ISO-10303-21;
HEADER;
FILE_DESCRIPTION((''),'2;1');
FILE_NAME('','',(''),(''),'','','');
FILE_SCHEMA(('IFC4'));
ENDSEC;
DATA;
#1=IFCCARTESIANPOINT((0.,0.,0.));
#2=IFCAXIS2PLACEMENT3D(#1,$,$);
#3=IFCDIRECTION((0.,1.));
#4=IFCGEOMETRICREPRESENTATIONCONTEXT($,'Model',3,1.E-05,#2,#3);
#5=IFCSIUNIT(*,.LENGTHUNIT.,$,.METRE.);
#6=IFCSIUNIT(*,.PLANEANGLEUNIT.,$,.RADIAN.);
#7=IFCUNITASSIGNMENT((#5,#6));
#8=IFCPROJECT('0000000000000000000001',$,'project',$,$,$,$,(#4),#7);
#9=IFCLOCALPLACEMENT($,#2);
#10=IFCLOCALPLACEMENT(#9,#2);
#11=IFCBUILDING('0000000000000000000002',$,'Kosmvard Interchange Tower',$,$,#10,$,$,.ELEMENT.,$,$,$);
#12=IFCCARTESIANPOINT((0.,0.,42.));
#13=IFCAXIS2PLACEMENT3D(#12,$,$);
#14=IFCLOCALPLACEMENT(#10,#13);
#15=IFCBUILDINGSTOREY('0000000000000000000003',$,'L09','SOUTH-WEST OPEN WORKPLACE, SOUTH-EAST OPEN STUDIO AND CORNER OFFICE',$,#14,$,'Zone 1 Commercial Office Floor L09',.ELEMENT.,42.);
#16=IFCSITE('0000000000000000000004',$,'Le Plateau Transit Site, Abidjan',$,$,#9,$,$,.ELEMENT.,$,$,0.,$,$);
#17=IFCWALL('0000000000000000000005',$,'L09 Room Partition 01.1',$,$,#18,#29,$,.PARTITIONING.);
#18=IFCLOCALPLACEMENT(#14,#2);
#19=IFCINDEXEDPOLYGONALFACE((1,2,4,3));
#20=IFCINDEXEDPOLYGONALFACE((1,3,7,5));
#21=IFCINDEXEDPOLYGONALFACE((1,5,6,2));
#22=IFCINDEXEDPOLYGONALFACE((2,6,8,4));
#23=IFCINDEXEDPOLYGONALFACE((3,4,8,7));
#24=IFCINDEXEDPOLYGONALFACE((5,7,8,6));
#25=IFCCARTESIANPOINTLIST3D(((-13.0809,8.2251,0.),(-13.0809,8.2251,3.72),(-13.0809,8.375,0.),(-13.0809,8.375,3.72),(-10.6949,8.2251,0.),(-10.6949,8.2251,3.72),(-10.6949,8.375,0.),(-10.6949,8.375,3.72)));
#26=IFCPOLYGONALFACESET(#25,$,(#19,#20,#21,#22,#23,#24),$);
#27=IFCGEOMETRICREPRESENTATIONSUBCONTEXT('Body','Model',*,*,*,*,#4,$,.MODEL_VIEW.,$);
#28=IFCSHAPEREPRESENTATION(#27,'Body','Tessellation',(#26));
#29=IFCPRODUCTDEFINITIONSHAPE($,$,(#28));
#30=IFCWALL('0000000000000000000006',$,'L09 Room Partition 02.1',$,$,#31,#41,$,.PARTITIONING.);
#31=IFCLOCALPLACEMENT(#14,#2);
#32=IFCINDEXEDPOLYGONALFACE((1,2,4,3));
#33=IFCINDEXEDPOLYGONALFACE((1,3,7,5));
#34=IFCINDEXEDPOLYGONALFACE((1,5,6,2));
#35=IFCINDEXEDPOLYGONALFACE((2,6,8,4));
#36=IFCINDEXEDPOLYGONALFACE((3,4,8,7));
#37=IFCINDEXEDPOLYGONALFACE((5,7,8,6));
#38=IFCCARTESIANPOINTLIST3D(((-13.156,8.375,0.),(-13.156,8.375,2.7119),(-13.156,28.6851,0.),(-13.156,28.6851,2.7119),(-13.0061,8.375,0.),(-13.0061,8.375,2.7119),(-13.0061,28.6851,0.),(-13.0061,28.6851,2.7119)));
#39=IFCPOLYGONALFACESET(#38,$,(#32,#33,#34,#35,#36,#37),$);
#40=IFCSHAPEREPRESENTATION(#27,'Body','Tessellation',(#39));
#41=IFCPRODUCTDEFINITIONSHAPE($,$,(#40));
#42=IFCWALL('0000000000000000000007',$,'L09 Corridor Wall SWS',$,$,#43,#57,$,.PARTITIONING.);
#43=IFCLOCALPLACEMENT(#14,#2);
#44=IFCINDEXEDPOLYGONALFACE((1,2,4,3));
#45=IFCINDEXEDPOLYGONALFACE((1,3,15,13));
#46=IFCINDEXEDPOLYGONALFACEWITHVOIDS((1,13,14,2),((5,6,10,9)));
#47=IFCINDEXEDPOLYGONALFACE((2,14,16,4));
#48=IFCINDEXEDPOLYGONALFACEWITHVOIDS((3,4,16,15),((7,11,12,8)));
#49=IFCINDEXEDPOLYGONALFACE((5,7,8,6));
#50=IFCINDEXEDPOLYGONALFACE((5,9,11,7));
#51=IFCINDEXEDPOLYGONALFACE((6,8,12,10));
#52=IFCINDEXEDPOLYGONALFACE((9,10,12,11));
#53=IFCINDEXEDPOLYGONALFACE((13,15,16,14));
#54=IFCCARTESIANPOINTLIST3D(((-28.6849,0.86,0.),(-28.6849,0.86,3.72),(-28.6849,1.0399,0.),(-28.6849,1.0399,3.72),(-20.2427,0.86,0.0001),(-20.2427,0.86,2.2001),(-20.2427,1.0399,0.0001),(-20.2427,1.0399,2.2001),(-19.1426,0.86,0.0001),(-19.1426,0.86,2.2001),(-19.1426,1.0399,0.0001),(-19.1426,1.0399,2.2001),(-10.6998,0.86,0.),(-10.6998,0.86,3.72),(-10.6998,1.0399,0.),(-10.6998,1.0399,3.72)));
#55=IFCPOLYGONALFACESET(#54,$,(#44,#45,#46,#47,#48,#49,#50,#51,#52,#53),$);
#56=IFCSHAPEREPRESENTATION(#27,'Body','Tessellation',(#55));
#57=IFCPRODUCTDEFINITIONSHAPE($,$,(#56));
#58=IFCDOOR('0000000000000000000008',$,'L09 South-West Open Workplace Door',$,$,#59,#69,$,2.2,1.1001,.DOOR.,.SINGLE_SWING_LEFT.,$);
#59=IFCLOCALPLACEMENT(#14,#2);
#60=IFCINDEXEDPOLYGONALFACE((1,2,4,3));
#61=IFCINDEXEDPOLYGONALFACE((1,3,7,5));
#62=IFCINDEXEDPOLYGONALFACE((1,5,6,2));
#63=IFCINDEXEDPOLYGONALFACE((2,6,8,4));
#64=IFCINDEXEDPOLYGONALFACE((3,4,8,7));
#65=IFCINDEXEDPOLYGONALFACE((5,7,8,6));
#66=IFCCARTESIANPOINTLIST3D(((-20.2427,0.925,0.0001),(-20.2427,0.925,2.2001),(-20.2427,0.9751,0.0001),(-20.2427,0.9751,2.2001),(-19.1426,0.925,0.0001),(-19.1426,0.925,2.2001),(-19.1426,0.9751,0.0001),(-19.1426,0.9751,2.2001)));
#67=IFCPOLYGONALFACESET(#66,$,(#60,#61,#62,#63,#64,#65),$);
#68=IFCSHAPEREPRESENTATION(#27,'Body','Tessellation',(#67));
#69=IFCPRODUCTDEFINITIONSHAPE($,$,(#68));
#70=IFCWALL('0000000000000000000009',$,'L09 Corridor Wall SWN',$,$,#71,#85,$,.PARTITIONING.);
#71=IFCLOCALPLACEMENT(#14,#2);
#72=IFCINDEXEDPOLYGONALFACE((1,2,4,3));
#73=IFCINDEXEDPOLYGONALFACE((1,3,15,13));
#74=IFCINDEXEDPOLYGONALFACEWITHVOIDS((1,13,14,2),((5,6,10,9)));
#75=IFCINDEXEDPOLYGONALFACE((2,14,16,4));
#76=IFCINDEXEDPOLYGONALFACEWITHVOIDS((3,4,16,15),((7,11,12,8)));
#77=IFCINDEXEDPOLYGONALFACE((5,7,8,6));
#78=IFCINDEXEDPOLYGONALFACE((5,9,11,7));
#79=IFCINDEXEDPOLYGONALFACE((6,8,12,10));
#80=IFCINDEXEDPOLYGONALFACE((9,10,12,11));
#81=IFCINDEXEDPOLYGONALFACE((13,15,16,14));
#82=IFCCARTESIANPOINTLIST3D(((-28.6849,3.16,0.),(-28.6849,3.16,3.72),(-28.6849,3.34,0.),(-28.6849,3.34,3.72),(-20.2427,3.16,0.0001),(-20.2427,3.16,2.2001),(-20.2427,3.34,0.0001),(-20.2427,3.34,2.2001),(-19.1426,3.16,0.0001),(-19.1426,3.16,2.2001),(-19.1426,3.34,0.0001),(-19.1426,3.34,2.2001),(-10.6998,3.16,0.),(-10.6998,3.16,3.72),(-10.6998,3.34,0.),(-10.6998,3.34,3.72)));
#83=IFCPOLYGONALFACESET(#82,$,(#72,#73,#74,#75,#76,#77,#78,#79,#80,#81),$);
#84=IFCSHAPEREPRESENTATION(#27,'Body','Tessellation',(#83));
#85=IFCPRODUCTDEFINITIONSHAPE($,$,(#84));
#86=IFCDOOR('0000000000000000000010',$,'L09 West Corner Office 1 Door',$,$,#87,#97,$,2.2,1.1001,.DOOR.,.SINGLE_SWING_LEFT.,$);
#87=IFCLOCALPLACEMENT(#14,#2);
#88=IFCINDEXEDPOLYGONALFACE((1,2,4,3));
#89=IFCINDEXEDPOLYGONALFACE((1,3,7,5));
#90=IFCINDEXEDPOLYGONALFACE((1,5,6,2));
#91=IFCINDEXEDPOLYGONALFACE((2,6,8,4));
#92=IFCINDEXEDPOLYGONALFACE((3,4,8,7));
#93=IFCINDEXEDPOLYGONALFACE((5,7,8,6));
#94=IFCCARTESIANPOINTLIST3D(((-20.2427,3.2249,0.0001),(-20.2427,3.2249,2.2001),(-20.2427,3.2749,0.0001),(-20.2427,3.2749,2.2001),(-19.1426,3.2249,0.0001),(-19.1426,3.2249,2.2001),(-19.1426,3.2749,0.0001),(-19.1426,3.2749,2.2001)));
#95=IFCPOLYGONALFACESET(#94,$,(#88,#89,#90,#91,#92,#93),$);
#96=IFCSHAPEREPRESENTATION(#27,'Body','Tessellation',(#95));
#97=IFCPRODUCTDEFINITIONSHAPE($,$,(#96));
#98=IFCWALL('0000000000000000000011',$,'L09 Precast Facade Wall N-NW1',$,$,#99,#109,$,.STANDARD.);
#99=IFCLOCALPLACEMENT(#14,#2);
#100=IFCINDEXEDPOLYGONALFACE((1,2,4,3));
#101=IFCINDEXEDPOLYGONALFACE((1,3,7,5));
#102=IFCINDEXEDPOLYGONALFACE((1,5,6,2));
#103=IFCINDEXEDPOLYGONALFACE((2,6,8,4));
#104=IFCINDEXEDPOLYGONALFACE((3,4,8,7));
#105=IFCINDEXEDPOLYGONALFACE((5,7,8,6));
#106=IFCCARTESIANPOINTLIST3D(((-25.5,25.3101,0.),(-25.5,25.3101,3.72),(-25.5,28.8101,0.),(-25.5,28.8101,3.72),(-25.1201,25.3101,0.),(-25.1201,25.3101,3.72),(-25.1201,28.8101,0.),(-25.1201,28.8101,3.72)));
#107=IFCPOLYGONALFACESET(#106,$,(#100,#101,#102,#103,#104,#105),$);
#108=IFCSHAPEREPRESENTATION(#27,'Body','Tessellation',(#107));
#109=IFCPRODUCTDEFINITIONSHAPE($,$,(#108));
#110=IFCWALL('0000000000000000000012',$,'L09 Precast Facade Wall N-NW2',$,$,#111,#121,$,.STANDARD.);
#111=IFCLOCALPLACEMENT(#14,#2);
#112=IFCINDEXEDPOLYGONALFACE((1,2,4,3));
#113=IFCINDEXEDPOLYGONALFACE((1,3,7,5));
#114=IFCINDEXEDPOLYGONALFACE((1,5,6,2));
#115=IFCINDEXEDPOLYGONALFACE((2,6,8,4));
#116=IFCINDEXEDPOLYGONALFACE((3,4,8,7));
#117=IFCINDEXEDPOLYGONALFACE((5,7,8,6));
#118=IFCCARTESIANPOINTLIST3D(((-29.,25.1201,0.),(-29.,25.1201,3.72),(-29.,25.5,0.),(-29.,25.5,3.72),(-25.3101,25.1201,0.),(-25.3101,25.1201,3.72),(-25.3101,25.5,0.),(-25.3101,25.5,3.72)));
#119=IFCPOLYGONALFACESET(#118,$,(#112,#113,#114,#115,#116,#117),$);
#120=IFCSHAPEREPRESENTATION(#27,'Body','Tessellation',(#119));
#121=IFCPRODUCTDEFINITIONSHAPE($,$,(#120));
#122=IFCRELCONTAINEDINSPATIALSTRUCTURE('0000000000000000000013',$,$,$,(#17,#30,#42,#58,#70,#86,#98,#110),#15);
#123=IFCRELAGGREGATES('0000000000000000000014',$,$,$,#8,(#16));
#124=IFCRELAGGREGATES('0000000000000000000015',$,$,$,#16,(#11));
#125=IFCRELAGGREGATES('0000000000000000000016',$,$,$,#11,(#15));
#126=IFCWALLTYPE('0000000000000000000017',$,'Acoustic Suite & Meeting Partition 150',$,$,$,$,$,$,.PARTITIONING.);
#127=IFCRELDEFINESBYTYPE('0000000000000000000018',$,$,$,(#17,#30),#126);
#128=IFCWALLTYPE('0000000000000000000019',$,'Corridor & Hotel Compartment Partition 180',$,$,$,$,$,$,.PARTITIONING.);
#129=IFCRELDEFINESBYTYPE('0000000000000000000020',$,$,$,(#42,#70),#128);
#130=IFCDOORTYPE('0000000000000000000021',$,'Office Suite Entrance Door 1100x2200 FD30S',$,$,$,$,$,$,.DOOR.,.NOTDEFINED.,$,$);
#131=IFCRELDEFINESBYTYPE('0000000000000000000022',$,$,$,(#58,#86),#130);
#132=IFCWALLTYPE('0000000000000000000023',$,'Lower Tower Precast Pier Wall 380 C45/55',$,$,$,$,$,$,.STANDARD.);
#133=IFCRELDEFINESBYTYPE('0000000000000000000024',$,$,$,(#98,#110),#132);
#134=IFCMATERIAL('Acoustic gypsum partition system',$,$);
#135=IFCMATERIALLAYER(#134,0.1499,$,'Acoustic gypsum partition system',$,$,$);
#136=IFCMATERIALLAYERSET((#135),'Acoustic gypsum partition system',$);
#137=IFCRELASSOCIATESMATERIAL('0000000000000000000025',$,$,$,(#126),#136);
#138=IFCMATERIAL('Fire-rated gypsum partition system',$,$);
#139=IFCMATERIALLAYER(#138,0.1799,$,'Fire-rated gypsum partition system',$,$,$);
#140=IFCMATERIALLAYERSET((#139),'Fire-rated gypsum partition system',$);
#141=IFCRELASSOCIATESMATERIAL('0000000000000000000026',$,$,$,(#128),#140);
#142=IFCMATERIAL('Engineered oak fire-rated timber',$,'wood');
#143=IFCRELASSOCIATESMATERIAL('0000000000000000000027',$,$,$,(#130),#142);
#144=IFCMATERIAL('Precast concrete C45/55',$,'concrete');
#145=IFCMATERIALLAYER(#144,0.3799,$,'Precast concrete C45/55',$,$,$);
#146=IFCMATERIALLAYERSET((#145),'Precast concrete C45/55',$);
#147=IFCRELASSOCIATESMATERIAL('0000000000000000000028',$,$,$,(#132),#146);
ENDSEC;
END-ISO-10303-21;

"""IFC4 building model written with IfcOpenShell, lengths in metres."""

from ifc_helpers import new_model, si_unit, direction, frame, frame_2d, origin, place, context, subcontext, project, spatial, rectangle, extrude, source, transform, mapped, material, layer, layer_set, type_object, element, fill, save


model = new_model("IFC4")

# Units and contexts
model_context = context("Model", 3, precision=1e-05, world=origin(), true_north=direction((0.0, 1.0)))
body_context = subcontext(model_context, "Body", "Model", "MODEL_VIEW")
ifc_project = project(units=[si_unit("LENGTHUNIT", "METRE"), si_unit("PLANEANGLEUNIT", "RADIAN")], contexts=[model_context])

# Site, building, storey
site_placement = place(None, origin())
site = spatial("IfcSite", under=ifc_project, at=site_placement, Name="Le Plateau Transit Site, Abidjan", CompositionType="ELEMENT", RefElevation=0.0)
building_placement = place(site_placement, origin())
building = spatial("IfcBuilding", under=site, at=building_placement, Name="Kosmvard Interchange Tower", CompositionType="ELEMENT")
storey_placement = place(building_placement, frame((0.0, 0.0, 42.0)))
storey = spatial("IfcBuildingStorey", under=building, at=storey_placement, Name="L09", Description="SOUTH-WEST OPEN WORKPLACE, SOUTH-EAST OPEN STUDIO AND CORNER OFFICE", LongName="Zone 1 Commercial Office Floor L09", CompositionType="ELEMENT", Elevation=42.0)

# Shared definitions
ifc_material_1 = material(Name="Precast concrete C45/55", Category="concrete")

# Walls
ifc_material_2 = material(Name="Acoustic gypsum partition system")
ifc_layer_1 = layer(ifc_material_2, 0.1499, Name="Acoustic gypsum partition system")
ifc_layer_set_1 = layer_set([ifc_layer_1], Name="Acoustic gypsum partition system")
wall_type_1 = type_object("IfcWallType", Name="Acoustic Suite & Meeting Partition 150", PredefinedType="PARTITIONING", material=ifc_layer_set_1)
wall_1_placement = place(storey_placement, frame((-10.6951, 8.3, 0.0), z_axis=(0.0, 0.0, 1.0), x_axis=(-1.0, 0.0, 0.0)))
element("IfcWall", 1, at=wall_1_placement, inside=storey, type_object=wall_type_1, Name="L09 Room Partition 01.1", PredefinedType="PARTITIONING", context=body_context, shape_type="SweptSolid", body=[
    extrude(rectangle(XDim=2.386, YDim=0.1499, at=frame_2d((1.1929, 0.0))), origin(), (0.0, 0.0, 1.0), 3.72),
])
wall_2_placement = place(storey_placement, frame((-13.0811, 8.375, 0.0), z_axis=(0.0, 0.0, 1.0), x_axis=(0.0, 1.0, 0.0)))
element("IfcWall", 2, at=wall_2_placement, inside=storey, type_object=wall_type_1, Name="L09 Room Partition 02.1", PredefinedType="PARTITIONING", context=body_context, shape_type="SweptSolid", body=[
    extrude(rectangle(XDim=20.3101, YDim=0.1499, at=frame_2d((10.155, 0.0))), origin(), (0.0, 0.0, 1.0), 2.7119),
])

# Walls, openings, doors
ifc_material_3 = material(Name="Fire-rated gypsum partition system")
ifc_layer_2 = layer(ifc_material_3, 0.1799, Name="Fire-rated gypsum partition system")
ifc_layer_set_2 = layer_set([ifc_layer_2], Name="Fire-rated gypsum partition system")
wall_type_2 = type_object("IfcWallType", Name="Corridor & Hotel Compartment Partition 180", PredefinedType="PARTITIONING", material=ifc_layer_set_2)
wall_3_placement = place(storey_placement, frame((-28.6851, 0.95, 0.0), z_axis=(0.0, 0.0, 1.0), x_axis=(1.0, 0.0, 0.0)))
wall_3 = element("IfcWall", 3, at=wall_3_placement, inside=storey, type_object=wall_type_2, Name="L09 Corridor Wall SWS", PredefinedType="PARTITIONING", context=body_context, shape_type="SweptSolid", body=[
    extrude(rectangle(XDim=17.9851, YDim=0.1799, at=frame_2d((8.9927, 0.0))), origin(), (0.0, 0.0, 1.0), 3.72),
])
opening_1_placement = place(wall_3_placement, frame((8.4424, 0.0, 0.0)))
opening_1 = element("IfcOpeningElement", 4, at=opening_1_placement, cuts=wall_3, PredefinedType="OPENING", context=body_context, shape_type="SweptSolid", body=[
    extrude(rectangle(XDim=1.1001, YDim=2.2, at=frame_2d((0.55, 1.1001))), frame((0.0, 0.1001, 0.0), z_axis=(0.0, -1.0, 0.0), x_axis=(1.0, 0.0, 0.0)), (0.0, 0.0, 1.0), 0.2),
])
ifc_material_4 = material(Name="Engineered oak fire-rated timber", Category="wood")
door_type = type_object("IfcDoorType", Name="Office Suite Entrance Door 1100x2200 FD30S", OperationType="NOTDEFINED", PredefinedType="DOOR", material=ifc_material_4)
shared_shape_1 = source(origin(), body_context, "Body", "SweptSolid", [
    extrude(rectangle(XDim=1.1001, YDim=2.2, at=frame_2d((0.55, 1.1001))), frame((0.0, 0.0249, 0.0), z_axis=(0.0, -1.0, 0.0), x_axis=(1.0, 0.0, 0.0)), (0.0, 0.0, 1.0), 0.05),
])
door_1_placement = place(opening_1_placement, frame((1.1001, 0.0, 0.0), z_axis=(0.0, 0.0, 1.0), x_axis=(-1.0, 0.0, 0.0)))
door_1 = element("IfcDoor", 5, at=door_1_placement, inside=storey, type_object=door_type, Name="L09 South-West Open Workplace Door", OperationType="SINGLE_SWING_LEFT", OverallHeight=2.2, OverallWidth=1.1001, PredefinedType="DOOR", context=body_context, shape_type="MappedRepresentation", body=[
    mapped(shared_shape_1, transform((0.0, 0.0, 0.0), scale=1.0)),
])
fill(opening_1, door_1)
wall_4_placement = place(storey_placement, frame((-28.6851, 3.25, 0.0), z_axis=(0.0, 0.0, 1.0), x_axis=(1.0, 0.0, 0.0)))
wall_4 = element("IfcWall", 6, at=wall_4_placement, inside=storey, type_object=wall_type_2, Name="L09 Corridor Wall SWN", PredefinedType="PARTITIONING", context=body_context, shape_type="SweptSolid", body=[
    extrude(rectangle(XDim=17.9851, YDim=0.1799, at=frame_2d((8.9927, 0.0))), origin(), (0.0, 0.0, 1.0), 3.72),
])
opening_2_placement = place(wall_4_placement, frame((8.4424, 0.0, 0.0)))
opening_2 = element("IfcOpeningElement", 7, at=opening_2_placement, cuts=wall_4, PredefinedType="OPENING", context=body_context, shape_type="SweptSolid", body=[
    extrude(rectangle(XDim=1.1001, YDim=2.2, at=frame_2d((0.55, 1.1001))), frame((0.0, 0.1001, 0.0), z_axis=(0.0, -1.0, 0.0), x_axis=(1.0, 0.0, 0.0)), (0.0, 0.0, 1.0), 0.2),
])
door_2_placement = place(opening_2_placement, origin())
door_2 = element("IfcDoor", 8, at=door_2_placement, inside=storey, type_object=door_type, Name="L09 West Corner Office 1 Door", OperationType="SINGLE_SWING_LEFT", OverallHeight=2.2, OverallWidth=1.1001, PredefinedType="DOOR", context=body_context, shape_type="MappedRepresentation", body=[
    mapped(shared_shape_1, transform((0.0, 0.0, 0.0), scale=1.0)),
])
fill(opening_2, door_2)

# Walls
ifc_layer_3 = layer(ifc_material_1, 0.3799, Name="Precast concrete C45/55")
ifc_layer_set_3 = layer_set([ifc_layer_3], Name="Precast concrete C45/55")
wall_type_3 = type_object("IfcWallType", Name="Lower Tower Precast Pier Wall 380 C45/55", PredefinedType="STANDARD", material=ifc_layer_set_3)
wall_5_placement = place(storey_placement, frame((-25.3101, 28.8101, 0.0), z_axis=(0.0, 0.0, 1.0), x_axis=(0.0, -1.0, 0.0)))
element("IfcWall", 9, at=wall_5_placement, inside=storey, type_object=wall_type_3, Name="L09 Precast Facade Wall N-NW1", PredefinedType="STANDARD", context=body_context, shape_type="SweptSolid", body=[
    extrude(rectangle(XDim=3.5, YDim=0.3799, at=frame_2d((1.75, 0.0))), origin(), (0.0, 0.0, 1.0), 3.72),
])
wall_6_placement = place(storey_placement, frame((-25.3101, 25.3101, 0.0), z_axis=(0.0, 0.0, 1.0), x_axis=(-1.0, 0.0, 0.0)))
element("IfcWall", 10, at=wall_6_placement, inside=storey, type_object=wall_type_3, Name="L09 Precast Facade Wall N-NW2", PredefinedType="STANDARD", context=body_context, shape_type="SweptSolid", body=[
    extrude(rectangle(XDim=3.6899, YDim=0.3799, at=frame_2d((1.845, 0.0))), origin(), (0.0, 0.0, 1.0), 3.72),
])

save(model, "model.ifc")
